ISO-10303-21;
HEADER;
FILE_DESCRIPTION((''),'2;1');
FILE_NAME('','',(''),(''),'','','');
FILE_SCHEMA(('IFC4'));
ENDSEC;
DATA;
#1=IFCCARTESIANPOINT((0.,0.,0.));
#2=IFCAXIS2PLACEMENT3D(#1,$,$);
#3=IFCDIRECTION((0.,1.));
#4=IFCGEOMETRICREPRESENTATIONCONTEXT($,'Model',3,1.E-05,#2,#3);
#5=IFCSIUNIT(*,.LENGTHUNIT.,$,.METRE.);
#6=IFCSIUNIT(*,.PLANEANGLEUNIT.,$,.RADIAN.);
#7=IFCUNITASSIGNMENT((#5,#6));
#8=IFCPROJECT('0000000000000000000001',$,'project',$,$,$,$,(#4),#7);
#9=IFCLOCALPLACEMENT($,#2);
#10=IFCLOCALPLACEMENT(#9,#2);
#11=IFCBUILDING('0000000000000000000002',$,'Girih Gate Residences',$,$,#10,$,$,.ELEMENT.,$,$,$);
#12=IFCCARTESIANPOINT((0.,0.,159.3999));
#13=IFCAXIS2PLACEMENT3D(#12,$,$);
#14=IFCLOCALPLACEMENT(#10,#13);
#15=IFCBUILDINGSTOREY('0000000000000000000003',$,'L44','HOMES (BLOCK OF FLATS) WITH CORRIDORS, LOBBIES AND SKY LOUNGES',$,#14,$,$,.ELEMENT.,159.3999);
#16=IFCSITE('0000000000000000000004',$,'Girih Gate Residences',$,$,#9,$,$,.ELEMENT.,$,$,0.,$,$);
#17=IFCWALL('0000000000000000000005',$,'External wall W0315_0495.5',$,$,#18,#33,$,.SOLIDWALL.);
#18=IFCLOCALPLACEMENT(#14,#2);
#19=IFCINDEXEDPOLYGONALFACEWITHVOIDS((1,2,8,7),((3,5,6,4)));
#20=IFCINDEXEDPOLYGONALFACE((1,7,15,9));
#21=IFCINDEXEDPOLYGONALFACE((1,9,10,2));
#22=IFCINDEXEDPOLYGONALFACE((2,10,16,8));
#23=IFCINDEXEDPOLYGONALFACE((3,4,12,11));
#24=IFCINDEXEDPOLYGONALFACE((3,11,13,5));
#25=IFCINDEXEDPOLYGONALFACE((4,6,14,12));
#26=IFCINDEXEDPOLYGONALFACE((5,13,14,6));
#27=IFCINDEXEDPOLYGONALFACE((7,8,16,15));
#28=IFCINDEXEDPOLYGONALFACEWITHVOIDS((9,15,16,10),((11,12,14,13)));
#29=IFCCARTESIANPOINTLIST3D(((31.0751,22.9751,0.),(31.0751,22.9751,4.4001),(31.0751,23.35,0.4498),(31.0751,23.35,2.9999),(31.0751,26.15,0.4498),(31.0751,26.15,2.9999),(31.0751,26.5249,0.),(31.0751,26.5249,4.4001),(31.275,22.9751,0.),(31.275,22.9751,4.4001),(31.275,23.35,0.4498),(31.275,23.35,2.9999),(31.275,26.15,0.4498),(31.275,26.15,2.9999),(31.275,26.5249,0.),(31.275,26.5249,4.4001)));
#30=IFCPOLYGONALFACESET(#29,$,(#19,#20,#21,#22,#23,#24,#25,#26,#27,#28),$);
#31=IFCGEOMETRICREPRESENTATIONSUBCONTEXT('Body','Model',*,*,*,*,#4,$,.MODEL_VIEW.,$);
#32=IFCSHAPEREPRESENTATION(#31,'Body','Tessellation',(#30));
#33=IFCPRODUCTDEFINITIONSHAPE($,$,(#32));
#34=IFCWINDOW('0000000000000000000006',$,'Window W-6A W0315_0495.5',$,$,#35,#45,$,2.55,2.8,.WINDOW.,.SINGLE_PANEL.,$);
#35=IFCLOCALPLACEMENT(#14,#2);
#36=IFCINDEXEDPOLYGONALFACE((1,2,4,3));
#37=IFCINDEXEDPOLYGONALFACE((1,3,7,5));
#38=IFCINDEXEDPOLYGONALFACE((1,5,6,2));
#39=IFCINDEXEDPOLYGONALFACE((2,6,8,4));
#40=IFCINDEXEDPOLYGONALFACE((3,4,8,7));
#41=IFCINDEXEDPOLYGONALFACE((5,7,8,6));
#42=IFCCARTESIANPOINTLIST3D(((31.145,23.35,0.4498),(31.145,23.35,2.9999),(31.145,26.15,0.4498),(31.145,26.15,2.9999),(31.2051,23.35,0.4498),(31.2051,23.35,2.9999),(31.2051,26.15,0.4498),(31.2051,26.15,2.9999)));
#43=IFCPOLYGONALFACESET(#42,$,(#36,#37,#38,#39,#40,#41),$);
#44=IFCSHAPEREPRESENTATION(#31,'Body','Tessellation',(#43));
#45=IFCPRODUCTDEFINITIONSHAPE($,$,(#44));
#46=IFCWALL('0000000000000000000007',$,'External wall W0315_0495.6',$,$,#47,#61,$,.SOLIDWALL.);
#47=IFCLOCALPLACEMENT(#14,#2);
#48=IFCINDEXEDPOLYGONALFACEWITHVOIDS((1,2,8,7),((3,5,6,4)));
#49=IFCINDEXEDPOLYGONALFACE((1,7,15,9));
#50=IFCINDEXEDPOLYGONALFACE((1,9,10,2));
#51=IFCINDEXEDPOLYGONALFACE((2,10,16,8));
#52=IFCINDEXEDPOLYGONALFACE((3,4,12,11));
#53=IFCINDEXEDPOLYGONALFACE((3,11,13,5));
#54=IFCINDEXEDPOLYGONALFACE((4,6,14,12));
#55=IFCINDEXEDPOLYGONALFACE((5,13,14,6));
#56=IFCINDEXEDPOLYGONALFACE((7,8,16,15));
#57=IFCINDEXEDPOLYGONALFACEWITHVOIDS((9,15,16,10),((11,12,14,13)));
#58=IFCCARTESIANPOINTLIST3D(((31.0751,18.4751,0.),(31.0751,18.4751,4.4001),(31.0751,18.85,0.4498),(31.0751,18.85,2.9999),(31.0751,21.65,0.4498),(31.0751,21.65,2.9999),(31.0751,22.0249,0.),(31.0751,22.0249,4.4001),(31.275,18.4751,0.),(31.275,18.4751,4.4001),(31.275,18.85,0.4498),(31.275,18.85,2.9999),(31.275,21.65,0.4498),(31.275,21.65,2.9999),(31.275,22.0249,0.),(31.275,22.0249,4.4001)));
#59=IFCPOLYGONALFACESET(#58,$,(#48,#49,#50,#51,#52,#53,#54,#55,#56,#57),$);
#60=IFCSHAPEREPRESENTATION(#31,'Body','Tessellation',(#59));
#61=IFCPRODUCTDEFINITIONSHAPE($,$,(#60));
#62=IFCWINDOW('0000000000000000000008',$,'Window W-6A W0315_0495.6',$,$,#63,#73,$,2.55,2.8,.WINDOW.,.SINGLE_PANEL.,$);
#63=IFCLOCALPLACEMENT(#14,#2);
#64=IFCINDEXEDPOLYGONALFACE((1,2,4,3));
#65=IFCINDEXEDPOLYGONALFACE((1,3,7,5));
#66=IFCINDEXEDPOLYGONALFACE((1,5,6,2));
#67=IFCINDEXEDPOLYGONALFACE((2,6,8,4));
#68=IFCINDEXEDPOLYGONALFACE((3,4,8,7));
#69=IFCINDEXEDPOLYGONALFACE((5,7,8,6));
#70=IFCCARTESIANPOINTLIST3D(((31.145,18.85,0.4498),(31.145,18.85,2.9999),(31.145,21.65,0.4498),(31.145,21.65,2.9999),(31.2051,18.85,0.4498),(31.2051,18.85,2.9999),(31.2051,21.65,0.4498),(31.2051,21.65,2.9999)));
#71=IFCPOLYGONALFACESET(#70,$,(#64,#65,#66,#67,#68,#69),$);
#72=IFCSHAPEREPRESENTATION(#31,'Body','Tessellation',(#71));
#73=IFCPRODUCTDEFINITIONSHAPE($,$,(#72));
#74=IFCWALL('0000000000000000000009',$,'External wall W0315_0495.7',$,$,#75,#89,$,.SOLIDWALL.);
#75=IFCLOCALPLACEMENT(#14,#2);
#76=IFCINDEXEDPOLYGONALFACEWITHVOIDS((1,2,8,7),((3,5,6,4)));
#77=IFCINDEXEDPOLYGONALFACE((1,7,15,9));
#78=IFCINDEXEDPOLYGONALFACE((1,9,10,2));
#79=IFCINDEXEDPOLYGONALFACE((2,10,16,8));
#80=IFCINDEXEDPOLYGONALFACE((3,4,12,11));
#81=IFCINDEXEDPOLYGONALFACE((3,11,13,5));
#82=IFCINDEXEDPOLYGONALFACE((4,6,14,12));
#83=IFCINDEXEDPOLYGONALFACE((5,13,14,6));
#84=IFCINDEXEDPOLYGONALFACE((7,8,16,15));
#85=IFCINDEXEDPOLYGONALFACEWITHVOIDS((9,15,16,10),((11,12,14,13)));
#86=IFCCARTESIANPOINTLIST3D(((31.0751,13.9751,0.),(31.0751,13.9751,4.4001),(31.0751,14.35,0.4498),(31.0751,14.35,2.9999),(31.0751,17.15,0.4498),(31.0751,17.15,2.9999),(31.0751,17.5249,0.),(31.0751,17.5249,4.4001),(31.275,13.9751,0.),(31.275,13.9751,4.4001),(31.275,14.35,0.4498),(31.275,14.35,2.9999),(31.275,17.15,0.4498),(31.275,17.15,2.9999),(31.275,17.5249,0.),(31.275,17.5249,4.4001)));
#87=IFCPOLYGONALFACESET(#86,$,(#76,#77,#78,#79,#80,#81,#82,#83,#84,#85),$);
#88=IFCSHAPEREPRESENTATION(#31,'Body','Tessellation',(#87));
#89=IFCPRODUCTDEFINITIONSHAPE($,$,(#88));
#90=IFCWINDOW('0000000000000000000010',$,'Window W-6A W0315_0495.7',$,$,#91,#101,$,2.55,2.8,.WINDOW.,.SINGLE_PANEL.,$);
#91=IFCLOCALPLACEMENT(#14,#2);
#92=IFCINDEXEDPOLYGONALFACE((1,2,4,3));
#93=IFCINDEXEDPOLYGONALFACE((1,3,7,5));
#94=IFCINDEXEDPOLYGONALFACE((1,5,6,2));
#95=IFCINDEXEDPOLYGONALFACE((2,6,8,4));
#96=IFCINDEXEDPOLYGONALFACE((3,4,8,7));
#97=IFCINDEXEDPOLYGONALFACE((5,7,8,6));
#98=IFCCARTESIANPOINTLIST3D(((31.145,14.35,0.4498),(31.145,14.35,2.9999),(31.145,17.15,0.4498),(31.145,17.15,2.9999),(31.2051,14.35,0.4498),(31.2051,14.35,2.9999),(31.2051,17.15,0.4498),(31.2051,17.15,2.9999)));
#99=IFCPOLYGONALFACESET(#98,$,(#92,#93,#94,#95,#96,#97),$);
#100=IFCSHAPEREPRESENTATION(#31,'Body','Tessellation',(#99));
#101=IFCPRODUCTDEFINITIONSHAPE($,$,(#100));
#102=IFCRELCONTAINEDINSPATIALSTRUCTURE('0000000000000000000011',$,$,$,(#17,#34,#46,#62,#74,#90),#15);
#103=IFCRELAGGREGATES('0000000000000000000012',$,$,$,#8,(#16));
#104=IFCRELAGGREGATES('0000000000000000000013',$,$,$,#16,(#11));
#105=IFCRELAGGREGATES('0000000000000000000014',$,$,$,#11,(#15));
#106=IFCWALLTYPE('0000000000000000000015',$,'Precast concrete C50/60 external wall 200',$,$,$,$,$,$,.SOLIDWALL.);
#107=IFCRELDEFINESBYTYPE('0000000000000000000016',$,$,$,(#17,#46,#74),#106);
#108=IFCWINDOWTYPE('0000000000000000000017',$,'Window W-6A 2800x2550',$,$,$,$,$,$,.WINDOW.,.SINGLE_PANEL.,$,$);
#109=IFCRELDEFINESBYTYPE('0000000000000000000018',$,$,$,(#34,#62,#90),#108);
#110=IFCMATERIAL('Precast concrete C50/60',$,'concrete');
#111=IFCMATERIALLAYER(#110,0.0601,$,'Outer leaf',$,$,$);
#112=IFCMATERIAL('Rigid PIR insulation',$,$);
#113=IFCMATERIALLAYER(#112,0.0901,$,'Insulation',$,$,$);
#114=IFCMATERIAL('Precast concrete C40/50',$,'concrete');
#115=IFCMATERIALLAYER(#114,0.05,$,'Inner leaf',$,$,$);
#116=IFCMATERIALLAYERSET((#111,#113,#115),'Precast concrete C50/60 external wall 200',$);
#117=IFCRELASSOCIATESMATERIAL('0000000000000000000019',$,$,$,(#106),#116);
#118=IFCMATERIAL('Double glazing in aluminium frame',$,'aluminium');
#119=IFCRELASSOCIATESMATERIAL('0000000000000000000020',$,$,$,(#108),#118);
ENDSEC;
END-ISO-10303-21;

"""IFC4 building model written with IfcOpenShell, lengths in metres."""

from ifc_helpers import new_model, si_unit, direction, frame, frame_2d, origin, place, context, subcontext, project, spatial, rectangle, extrude, material, layer, layer_set, type_object, element, fill, save


model = new_model("IFC4")

# Units and contexts
model_context = context("Model", 3, precision=1e-05, world=origin(), true_north=direction((0.0, 1.0)))
body_context = subcontext(model_context, "Body", "Model", "MODEL_VIEW")
ifc_project = project(units=[si_unit("LENGTHUNIT", "METRE"), si_unit("PLANEANGLEUNIT", "RADIAN")], contexts=[model_context])

# Site, building, storey
site_placement = place(None, origin())
site = spatial("IfcSite", under=ifc_project, at=site_placement, Name="Girih Gate Residences", CompositionType="ELEMENT", RefElevation=0.0)
building_placement = place(site_placement, origin())
building = spatial("IfcBuilding", under=site, at=building_placement, Name="Girih Gate Residences", CompositionType="ELEMENT")
storey_placement = place(building_placement, frame((0.0, 0.0, 159.3999)))
storey = spatial("IfcBuildingStorey", under=building, at=storey_placement, Name="L44", Description="HOMES (BLOCK OF FLATS) WITH CORRIDORS, LOBBIES AND SKY LOUNGES", CompositionType="ELEMENT", Elevation=159.3999)

# Walls, openings, windows
ifc_material_1 = material(Name="Precast concrete C50/60", Category="concrete")
ifc_layer_1 = layer(ifc_material_1, 0.0601, Name="Outer leaf")
ifc_material_2 = material(Name="Rigid PIR insulation")
ifc_layer_2 = layer(ifc_material_2, 0.0901, Name="Insulation")
ifc_material_3 = material(Name="Precast concrete C40/50", Category="concrete")
ifc_layer_3 = layer(ifc_material_3, 0.05, Name="Inner leaf")
ifc_layer_set = layer_set([ifc_layer_1, ifc_layer_2, ifc_layer_3], Name="Precast concrete C50/60 external wall 200")
wall_type = type_object("IfcWallType", Name="Precast concrete C50/60 external wall 200", PredefinedType="SOLIDWALL", material=ifc_layer_set)
ifc_material_4 = material(Name="Double glazing in aluminium frame", Category="aluminium")
window_type = type_object("IfcWindowType", Name="Window W-6A 2800x2550", PartitioningType="SINGLE_PANEL", PredefinedType="WINDOW", material=ifc_material_4)
wall_1_placement = place(storey_placement, frame((31.175, 22.9751, 0.0), z_axis=(0.0, 0.0, 1.0), x_axis=(0.0, 1.0, 0.0)))
wall_1 = element("IfcWall", 1, at=wall_1_placement, inside=storey, type_object=wall_type, Name="External wall W0315_0495.5", PredefinedType="SOLIDWALL", context=body_context, shape_type="SweptSolid", body=[
    extrude(rectangle(XDim=3.5498, YDim=0.2, at=frame_2d((1.7749, 0.0))), origin(), (0.0, 0.0, 1.0), 4.4001),
])
opening_1_placement = place(wall_1_placement, frame((0.375, 0.0, 0.45)))
opening_1 = element("IfcOpeningElement", 2, at=opening_1_placement, cuts=wall_1, PredefinedType="OPENING", context=body_context, shape_type="SweptSolid", body=[
    extrude(rectangle(XDim=2.8, YDim=2.55, at=frame_2d((1.3999, 1.2749))), frame((0.0, 0.1099, 0.0), z_axis=(0.0, -1.0, 0.0), x_axis=(1.0, 0.0, 0.0)), (0.0, 0.0, 1.0), 0.22),
])
window_1_placement = place(opening_1_placement, origin())
window_1 = element("IfcWindow", 3, at=window_1_placement, inside=storey, type_object=window_type, Name="Window W-6A W0315_0495.5", OverallHeight=2.55, OverallWidth=2.8, PartitioningType="SINGLE_PANEL", PredefinedType="WINDOW", context=body_context, shape_type="SweptSolid", body=[
    extrude(rectangle(XDim=2.8, YDim=2.55, at=frame_2d((1.3999, 1.2749))), frame((0.0, 0.03, 0.0), z_axis=(0.0, -1.0, 0.0), x_axis=(1.0, 0.0, 0.0)), (0.0, 0.0, 1.0), 0.0601),
])
fill(opening_1, window_1)
wall_2_placement = place(storey_placement, frame((31.175, 18.4751, 0.0), z_axis=(0.0, 0.0, 1.0), x_axis=(0.0, 1.0, 0.0)))
wall_2 = element("IfcWall", 4, at=wall_2_placement, inside=storey, type_object=wall_type, Name="External wall W0315_0495.6", PredefinedType="SOLIDWALL", context=body_context, shape_type="SweptSolid", body=[
    extrude(rectangle(XDim=3.5498, YDim=0.2, at=frame_2d((1.7749, 0.0))), origin(), (0.0, 0.0, 1.0), 4.4001),
])
opening_2_placement = place(wall_2_placement, frame((0.375, 0.0, 0.45)))
opening_2 = element("IfcOpeningElement", 5, at=opening_2_placement, cuts=wall_2, PredefinedType="OPENING", context=body_context, shape_type="SweptSolid", body=[
    extrude(rectangle(XDim=2.8, YDim=2.55, at=frame_2d((1.3999, 1.2749))), frame((0.0, 0.1099, 0.0), z_axis=(0.0, -1.0, 0.0), x_axis=(1.0, 0.0, 0.0)), (0.0, 0.0, 1.0), 0.22),
])
window_2_placement = place(opening_2_placement, origin())
window_2 = element("IfcWindow", 6, at=window_2_placement, inside=storey, type_object=window_type, Name="Window W-6A W0315_0495.6", OverallHeight=2.55, OverallWidth=2.8, PartitioningType="SINGLE_PANEL", PredefinedType="WINDOW", context=body_context, shape_type="SweptSolid", body=[
    extrude(rectangle(XDim=2.8, YDim=2.55, at=frame_2d((1.3999, 1.2749))), frame((0.0, 0.03, 0.0), z_axis=(0.0, -1.0, 0.0), x_axis=(1.0, 0.0, 0.0)), (0.0, 0.0, 1.0), 0.0601),
])
fill(opening_2, window_2)
wall_3_placement = place(storey_placement, frame((31.175, 13.9751, 0.0), z_axis=(0.0, 0.0, 1.0), x_axis=(0.0, 1.0, 0.0)))
wall_3 = element("IfcWall", 7, at=wall_3_placement, inside=storey, type_object=wall_type, Name="External wall W0315_0495.7", PredefinedType="SOLIDWALL", context=body_context, shape_type="SweptSolid", body=[
    extrude(rectangle(XDim=3.5498, YDim=0.2, at=frame_2d((1.7749, 0.0))), origin(), (0.0, 0.0, 1.0), 4.4001),
])
opening_3_placement = place(wall_3_placement, frame((0.375, 0.0, 0.45)))
opening_3 = element("IfcOpeningElement", 8, at=opening_3_placement, cuts=wall_3, PredefinedType="OPENING", context=body_context, shape_type="SweptSolid", body=[
    extrude(rectangle(XDim=2.8, YDim=2.55, at=frame_2d((1.3999, 1.2749))), frame((0.0, 0.1099, 0.0), z_axis=(0.0, -1.0, 0.0), x_axis=(1.0, 0.0, 0.0)), (0.0, 0.0, 1.0), 0.22),
])
window_3_placement = place(opening_3_placement, origin())
window_3 = element("IfcWindow", 9, at=window_3_placement, inside=storey, type_object=window_type, Name="Window W-6A W0315_0495.7", OverallHeight=2.55, OverallWidth=2.8, PartitioningType="SINGLE_PANEL", PredefinedType="WINDOW", context=body_context, shape_type="SweptSolid", body=[
    extrude(rectangle(XDim=2.8, YDim=2.55, at=frame_2d((1.3999, 1.2749))), frame((0.0, 0.03, 0.0), z_axis=(0.0, -1.0, 0.0), x_axis=(1.0, 0.0, 0.0)), (0.0, 0.0, 1.0), 0.0601),
])
fill(opening_3, window_3)

save(model, "model.ifc")
